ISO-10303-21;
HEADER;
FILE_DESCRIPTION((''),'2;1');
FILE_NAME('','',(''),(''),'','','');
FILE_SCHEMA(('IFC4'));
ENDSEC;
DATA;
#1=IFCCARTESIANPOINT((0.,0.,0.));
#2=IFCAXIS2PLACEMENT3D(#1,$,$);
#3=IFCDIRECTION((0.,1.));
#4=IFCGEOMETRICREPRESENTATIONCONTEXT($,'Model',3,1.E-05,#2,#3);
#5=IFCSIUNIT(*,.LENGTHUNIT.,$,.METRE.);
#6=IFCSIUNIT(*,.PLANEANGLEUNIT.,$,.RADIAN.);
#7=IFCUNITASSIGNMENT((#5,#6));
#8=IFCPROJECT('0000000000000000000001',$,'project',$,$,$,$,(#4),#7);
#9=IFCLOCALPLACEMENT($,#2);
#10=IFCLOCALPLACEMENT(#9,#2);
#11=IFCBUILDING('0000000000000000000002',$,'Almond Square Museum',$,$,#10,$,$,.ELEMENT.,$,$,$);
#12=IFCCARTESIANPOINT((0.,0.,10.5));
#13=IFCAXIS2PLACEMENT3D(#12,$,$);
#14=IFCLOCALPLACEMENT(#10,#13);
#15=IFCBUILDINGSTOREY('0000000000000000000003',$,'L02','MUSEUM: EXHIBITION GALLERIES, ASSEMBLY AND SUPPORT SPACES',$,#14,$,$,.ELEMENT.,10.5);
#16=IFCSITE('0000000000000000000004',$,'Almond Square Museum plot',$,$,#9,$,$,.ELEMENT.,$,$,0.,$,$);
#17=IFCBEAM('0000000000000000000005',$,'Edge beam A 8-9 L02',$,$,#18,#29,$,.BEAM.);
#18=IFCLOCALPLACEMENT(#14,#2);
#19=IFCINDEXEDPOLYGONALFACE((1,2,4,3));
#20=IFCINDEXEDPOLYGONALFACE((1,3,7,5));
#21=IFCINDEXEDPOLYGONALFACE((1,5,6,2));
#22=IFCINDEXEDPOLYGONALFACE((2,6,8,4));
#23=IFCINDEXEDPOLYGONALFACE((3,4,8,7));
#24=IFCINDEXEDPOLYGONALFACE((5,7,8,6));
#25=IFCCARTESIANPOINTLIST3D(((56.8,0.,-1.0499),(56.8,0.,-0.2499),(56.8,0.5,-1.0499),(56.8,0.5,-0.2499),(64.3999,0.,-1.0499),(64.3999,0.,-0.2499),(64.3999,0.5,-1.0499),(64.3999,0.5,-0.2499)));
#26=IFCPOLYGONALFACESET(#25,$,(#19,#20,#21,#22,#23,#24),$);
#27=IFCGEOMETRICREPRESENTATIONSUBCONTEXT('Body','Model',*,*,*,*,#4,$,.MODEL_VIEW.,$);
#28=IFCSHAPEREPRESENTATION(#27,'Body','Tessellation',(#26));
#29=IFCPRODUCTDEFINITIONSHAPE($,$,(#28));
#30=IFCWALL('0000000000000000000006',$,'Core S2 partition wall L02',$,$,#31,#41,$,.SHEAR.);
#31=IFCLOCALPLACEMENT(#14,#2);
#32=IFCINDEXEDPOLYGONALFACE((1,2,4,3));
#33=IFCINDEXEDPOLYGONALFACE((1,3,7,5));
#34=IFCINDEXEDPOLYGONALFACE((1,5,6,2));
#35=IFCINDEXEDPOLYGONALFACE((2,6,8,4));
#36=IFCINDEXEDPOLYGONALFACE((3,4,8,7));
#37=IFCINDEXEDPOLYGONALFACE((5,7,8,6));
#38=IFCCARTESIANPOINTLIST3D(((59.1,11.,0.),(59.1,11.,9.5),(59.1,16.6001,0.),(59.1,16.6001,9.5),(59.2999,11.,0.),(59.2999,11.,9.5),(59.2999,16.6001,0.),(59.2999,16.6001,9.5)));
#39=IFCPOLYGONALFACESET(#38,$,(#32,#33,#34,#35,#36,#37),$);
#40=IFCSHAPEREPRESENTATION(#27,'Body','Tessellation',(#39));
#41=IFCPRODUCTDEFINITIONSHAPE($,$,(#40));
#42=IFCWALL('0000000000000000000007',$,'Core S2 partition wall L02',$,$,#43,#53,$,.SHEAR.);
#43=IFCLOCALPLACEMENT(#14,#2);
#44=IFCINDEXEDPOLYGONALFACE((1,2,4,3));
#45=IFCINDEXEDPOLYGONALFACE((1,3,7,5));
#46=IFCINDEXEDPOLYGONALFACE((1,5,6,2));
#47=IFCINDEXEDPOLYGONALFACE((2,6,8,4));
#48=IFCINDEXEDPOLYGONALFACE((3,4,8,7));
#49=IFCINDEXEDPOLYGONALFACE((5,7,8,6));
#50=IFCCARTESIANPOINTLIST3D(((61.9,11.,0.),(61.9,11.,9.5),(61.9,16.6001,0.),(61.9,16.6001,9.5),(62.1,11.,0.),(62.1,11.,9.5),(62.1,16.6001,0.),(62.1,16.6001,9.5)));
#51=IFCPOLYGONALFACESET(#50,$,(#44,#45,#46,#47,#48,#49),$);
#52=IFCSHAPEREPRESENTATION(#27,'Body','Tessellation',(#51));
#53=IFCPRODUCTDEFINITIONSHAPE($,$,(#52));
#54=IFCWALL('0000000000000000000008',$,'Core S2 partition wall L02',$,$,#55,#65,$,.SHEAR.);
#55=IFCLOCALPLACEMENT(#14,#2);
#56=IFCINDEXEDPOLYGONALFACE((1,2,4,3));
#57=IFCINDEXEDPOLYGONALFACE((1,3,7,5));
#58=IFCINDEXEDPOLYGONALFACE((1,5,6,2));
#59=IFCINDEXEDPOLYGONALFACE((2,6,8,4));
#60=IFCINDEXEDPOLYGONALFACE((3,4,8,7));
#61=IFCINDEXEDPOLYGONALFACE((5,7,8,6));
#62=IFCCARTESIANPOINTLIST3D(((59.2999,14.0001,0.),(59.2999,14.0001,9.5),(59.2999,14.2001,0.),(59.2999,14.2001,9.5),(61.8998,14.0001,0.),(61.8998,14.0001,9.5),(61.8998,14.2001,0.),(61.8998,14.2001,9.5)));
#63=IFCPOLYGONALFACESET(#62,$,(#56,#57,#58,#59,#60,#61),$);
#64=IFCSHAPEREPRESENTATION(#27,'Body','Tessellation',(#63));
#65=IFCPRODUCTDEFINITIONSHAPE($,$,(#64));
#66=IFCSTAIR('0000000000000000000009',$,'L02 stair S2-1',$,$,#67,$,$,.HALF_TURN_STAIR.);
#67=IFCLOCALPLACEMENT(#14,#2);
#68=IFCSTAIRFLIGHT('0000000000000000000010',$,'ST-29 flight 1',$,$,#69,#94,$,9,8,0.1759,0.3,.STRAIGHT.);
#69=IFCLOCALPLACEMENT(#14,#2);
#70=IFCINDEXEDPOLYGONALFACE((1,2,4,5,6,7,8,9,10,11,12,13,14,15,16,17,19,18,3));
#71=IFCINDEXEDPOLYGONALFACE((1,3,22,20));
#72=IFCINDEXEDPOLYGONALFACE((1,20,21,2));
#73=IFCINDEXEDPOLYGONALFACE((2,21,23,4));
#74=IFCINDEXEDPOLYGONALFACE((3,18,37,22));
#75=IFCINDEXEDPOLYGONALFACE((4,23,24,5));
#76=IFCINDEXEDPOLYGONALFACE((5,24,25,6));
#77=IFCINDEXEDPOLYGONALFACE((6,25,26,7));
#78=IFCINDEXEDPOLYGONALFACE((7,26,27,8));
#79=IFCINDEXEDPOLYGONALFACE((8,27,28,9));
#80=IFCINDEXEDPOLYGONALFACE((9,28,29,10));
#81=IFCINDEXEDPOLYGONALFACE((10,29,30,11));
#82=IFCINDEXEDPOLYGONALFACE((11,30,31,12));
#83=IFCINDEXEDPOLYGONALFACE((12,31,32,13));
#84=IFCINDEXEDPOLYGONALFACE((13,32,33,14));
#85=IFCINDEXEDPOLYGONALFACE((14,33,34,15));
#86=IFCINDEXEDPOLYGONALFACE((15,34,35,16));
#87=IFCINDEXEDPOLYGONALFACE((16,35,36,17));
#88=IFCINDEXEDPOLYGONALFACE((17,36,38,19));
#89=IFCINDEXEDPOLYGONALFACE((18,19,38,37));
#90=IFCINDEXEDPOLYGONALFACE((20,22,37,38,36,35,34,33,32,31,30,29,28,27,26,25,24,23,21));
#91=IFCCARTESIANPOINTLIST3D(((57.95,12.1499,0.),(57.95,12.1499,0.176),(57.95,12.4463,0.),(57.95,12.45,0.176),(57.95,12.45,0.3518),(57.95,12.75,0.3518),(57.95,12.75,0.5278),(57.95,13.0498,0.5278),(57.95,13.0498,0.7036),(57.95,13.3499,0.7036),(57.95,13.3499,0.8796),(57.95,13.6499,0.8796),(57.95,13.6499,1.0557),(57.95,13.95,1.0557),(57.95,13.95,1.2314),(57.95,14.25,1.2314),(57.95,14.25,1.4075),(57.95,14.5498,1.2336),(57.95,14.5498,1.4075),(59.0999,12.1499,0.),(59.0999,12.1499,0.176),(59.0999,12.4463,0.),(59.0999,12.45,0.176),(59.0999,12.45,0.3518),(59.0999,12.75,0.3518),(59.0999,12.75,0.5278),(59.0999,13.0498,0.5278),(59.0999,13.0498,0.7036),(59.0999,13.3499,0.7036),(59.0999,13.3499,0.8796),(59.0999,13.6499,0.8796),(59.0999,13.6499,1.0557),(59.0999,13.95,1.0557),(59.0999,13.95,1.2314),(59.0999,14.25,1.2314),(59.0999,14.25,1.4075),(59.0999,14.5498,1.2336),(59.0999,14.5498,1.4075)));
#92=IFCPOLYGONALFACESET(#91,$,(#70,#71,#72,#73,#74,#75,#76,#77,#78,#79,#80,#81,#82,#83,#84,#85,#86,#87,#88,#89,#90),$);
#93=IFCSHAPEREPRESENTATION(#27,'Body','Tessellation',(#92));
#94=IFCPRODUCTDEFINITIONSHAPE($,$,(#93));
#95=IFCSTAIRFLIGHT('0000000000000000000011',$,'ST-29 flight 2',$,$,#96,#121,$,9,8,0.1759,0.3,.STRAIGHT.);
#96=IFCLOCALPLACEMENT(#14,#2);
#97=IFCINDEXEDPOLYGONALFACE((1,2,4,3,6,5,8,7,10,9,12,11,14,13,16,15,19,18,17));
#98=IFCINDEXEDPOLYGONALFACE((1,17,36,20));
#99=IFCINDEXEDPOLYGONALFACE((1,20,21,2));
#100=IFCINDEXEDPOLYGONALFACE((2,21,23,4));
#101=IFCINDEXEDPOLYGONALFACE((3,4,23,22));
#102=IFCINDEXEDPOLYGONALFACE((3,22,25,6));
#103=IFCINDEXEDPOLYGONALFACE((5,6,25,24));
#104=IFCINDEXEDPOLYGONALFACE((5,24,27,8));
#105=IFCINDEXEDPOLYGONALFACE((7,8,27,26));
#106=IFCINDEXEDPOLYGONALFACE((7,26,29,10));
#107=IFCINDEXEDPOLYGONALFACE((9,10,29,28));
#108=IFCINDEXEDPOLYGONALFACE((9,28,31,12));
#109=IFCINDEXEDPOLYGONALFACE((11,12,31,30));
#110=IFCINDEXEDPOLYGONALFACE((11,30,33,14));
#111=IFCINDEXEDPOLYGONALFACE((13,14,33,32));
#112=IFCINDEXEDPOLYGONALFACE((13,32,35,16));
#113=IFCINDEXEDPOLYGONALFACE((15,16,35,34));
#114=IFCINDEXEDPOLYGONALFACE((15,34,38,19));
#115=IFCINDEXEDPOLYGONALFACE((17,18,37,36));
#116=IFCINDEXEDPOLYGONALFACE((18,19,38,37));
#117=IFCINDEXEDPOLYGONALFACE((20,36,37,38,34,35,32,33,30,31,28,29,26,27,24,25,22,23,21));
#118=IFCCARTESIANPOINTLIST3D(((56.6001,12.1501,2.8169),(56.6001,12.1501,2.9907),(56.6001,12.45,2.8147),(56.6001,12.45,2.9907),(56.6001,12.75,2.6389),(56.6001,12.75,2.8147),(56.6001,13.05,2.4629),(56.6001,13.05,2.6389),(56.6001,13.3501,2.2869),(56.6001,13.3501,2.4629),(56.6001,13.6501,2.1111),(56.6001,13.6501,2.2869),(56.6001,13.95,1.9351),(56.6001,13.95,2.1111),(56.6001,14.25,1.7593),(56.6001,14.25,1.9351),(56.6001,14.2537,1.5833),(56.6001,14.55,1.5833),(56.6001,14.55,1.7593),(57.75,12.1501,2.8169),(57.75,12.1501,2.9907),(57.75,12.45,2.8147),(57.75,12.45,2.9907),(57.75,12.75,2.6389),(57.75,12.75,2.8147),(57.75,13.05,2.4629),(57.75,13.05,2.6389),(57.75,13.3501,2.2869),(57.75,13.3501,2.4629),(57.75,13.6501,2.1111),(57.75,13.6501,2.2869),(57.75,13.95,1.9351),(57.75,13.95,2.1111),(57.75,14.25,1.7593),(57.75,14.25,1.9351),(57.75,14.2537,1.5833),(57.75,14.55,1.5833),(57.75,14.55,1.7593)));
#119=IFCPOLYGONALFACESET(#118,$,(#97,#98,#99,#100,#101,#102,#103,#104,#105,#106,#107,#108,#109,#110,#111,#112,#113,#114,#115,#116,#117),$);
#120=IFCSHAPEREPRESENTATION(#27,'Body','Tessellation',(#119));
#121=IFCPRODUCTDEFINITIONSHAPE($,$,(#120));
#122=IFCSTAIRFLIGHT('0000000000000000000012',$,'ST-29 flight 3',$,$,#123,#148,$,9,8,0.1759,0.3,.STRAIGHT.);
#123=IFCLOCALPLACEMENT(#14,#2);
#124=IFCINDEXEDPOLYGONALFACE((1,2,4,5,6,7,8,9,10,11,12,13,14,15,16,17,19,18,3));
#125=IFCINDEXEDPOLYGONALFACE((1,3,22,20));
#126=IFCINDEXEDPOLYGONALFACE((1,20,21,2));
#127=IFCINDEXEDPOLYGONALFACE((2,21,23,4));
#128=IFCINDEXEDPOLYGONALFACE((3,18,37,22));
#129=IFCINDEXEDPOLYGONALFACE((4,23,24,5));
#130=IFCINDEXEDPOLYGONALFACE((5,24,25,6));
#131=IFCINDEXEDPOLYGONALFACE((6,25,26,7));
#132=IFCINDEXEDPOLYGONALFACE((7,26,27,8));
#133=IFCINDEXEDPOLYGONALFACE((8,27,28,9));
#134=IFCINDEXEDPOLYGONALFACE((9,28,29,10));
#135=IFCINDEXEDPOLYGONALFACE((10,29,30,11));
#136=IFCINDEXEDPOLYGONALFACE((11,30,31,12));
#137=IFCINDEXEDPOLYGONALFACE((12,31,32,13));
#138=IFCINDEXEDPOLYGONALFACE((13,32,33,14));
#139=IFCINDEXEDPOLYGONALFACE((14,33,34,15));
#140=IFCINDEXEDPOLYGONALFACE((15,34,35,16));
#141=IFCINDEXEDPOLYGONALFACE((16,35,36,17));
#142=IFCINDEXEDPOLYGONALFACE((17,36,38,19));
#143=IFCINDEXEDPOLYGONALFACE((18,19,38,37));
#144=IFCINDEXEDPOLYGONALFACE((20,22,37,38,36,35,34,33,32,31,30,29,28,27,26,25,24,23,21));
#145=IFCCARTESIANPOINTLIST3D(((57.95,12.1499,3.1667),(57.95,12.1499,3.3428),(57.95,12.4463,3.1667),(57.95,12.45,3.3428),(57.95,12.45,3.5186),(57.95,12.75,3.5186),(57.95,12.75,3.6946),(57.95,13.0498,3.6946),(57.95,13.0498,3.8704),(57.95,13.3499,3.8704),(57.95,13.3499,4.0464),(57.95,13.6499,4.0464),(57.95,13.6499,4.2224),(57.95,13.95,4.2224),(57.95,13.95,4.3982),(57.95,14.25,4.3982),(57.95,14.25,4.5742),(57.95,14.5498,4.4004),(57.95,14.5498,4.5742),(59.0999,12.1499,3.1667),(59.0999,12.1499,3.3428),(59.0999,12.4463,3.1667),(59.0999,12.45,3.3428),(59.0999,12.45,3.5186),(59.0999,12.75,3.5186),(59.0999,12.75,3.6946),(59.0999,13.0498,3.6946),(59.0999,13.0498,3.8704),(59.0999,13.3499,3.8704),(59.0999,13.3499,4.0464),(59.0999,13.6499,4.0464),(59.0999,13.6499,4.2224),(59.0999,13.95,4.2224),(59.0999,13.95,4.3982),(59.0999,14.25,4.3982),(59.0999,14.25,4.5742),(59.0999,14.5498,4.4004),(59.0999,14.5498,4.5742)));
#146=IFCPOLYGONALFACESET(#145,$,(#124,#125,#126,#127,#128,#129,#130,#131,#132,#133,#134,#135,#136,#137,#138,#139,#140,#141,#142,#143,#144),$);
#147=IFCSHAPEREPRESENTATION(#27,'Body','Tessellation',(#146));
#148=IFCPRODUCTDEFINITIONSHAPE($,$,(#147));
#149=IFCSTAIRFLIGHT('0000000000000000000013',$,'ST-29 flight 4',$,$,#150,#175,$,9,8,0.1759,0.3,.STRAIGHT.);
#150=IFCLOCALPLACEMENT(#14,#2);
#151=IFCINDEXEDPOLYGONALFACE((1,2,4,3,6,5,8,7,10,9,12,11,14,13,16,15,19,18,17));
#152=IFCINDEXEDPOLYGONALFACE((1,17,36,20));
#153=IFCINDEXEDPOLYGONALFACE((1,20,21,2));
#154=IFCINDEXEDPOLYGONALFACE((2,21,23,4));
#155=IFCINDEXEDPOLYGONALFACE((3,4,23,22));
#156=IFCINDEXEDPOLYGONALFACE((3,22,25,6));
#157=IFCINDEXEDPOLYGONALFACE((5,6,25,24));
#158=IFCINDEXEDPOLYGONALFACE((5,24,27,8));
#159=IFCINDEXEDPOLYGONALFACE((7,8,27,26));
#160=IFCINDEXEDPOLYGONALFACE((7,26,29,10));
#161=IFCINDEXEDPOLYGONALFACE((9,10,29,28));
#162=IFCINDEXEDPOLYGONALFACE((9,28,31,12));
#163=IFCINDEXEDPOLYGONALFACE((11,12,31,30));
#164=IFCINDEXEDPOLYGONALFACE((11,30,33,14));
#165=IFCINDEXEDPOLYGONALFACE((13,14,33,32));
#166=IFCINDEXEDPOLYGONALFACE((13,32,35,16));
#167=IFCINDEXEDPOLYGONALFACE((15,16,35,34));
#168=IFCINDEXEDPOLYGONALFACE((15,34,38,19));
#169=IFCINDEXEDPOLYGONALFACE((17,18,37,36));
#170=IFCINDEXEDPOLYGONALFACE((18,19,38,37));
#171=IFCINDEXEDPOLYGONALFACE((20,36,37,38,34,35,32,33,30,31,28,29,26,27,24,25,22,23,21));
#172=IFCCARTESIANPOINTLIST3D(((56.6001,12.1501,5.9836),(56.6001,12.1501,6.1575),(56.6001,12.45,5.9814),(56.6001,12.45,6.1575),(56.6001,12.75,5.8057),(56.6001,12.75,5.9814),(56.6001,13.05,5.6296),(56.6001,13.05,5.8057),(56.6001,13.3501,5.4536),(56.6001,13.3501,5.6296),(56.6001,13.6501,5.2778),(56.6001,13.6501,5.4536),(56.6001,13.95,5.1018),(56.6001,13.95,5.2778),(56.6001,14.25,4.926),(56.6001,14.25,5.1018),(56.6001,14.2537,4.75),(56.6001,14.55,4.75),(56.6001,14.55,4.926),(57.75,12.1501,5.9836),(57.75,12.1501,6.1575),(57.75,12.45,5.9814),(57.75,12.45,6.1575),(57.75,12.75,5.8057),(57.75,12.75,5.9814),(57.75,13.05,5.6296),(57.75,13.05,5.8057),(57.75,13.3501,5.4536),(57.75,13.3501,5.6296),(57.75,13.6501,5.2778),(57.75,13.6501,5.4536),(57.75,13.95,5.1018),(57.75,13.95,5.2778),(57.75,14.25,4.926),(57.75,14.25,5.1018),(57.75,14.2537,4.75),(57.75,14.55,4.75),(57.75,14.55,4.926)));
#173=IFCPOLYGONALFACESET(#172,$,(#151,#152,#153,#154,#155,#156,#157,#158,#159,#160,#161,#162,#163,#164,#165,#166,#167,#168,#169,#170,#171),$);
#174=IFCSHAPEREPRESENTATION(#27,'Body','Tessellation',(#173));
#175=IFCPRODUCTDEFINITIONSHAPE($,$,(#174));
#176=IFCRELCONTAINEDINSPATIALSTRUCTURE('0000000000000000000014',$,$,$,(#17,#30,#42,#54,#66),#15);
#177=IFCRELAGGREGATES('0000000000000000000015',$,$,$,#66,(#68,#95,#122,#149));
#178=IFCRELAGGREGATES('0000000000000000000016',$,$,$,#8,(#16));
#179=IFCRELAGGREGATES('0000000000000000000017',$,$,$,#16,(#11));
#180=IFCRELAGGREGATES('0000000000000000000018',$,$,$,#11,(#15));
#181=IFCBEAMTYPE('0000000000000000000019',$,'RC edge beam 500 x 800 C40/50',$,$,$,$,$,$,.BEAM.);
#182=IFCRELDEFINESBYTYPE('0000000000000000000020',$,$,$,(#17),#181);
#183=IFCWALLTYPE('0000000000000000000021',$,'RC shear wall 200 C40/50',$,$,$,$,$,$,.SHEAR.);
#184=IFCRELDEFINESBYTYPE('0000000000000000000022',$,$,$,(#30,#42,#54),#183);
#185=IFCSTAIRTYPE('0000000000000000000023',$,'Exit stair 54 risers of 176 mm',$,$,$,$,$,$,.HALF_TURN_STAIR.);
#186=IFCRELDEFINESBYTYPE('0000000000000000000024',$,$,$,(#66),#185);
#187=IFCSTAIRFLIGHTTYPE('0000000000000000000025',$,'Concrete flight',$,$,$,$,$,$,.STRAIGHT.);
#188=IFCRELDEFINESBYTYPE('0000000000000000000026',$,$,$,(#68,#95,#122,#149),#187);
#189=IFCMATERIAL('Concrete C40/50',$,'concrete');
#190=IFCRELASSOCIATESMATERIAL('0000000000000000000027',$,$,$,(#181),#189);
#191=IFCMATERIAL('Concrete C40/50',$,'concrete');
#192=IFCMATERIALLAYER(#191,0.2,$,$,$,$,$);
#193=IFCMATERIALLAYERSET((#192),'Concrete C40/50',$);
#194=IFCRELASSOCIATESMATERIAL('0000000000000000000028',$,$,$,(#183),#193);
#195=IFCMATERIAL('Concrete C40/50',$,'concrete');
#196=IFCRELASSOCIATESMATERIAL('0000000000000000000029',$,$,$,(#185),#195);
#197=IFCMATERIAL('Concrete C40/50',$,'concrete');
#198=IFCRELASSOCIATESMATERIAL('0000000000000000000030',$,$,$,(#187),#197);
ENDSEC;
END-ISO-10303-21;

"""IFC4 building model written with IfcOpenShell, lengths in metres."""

from ifc_helpers import new_model, si_unit, direction, frame, frame_2d, origin, origin_2d, place, context, subcontext, project, spatial, polyline, rectangle, outline, extrude, material, layer, layer_set, material_profile, profile_set, type_object, element, aggregate, save


model = new_model("IFC4")

# Units and contexts
model_context = context("Model", 3, precision=1e-05, world=origin(), true_north=direction((0.0, 1.0)))
body_context = subcontext(model_context, "Body", "Model", "MODEL_VIEW")
ifc_project = project(units=[si_unit("LENGTHUNIT", "METRE"), si_unit("PLANEANGLEUNIT", "RADIAN")], contexts=[model_context])

# Site, building, storey
site_placement = place(None, origin())
site = spatial("IfcSite", under=ifc_project, at=site_placement, Name="Almond Square Museum plot", CompositionType="ELEMENT", RefElevation=0.0)
building_placement = place(site_placement, origin())
building = spatial("IfcBuilding", under=site, at=building_placement, Name="Almond Square Museum", CompositionType="ELEMENT")
storey_placement = place(building_placement, frame((0.0, 0.0, 10.5)))
storey = spatial("IfcBuildingStorey", under=building, at=storey_placement, Name="L02", Description="MUSEUM: EXHIBITION GALLERIES, ASSEMBLY AND SUPPORT SPACES", CompositionType="ELEMENT", Elevation=10.5)

# Beam
ifc_material_1 = material(Name="Concrete C40/50", Category="concrete")
ifc_material_profile_1 = material_profile(ifc_material_1, rectangle(XDim=0.5, YDim=0.8, at=origin_2d()))
ifc_profile_set_1 = profile_set([ifc_material_profile_1], Name="Concrete C40/50")
beam_type = type_object("IfcBeamType", Name="RC edge beam 500 x 800 C40/50", PredefinedType="BEAM", material=ifc_profile_set_1)
beam_placement = place(storey_placement, frame((56.8, 0.25, -0.6499), z_axis=(1.0, 0.0, 0.0), x_axis=(0.0, 1.0, 0.0)))
element("IfcBeam", 1, at=beam_placement, inside=storey, type_object=beam_type, Name="Edge beam A 8-9 L02", PredefinedType="BEAM", context=body_context, shape_type="SweptSolid", body=[
    extrude(rectangle(XDim=0.5, YDim=0.8, at=origin_2d()), origin(), (0.0, 0.0, 1.0), 7.5999),
])

# Walls
ifc_material_2 = material(Name="Concrete C40/50", Category="concrete")
ifc_layer = layer(ifc_material_2, 0.2)
ifc_layer_set = layer_set([ifc_layer], Name="Concrete C40/50")
wall_type = type_object("IfcWallType", Name="RC shear wall 200 C40/50", PredefinedType="SHEAR", material=ifc_layer_set)
for number, where, z_axis, x_axis, name in (
    (2, (59.2, 11.0, 0.0), (0.0, 0.0, 1.0), (0.0, 1.0, 0.0), "Core S2 partition wall L02"),
    (3, (62.0, 11.0, 0.0), (0.0, 0.0, 1.0), (0.0, 1.0, 0.0), "Core S2 partition wall L02"),
):
    element("IfcWall", number, at=place(storey_placement, frame(where, z_axis=z_axis, x_axis=x_axis)), inside=storey, type_object=wall_type, Name=name, PredefinedType="SHEAR", context=body_context, shape_type="SweptSolid", body=[
        extrude(rectangle(XDim=5.6001, YDim=0.2, at=frame_2d((2.8, 0.0))), origin(), (0.0, 0.0, 1.0), 9.5),
    ])
wall_placement = place(storey_placement, frame((59.3, 14.1001, 0.0), z_axis=(0.0, 0.0, 1.0), x_axis=(1.0, 0.0, 0.0)))
element("IfcWall", 4, at=wall_placement, inside=storey, type_object=wall_type, Name="Core S2 partition wall L02", PredefinedType="SHEAR", context=body_context, shape_type="SweptSolid", body=[
    extrude(rectangle(XDim=2.5999, YDim=0.2, at=frame_2d((1.2998, 0.0))), origin(), (0.0, 0.0, 1.0), 9.5),
])

# Stair, stair flights
ifc_material_3 = material(Name="Concrete C40/50", Category="concrete")
stair_type = type_object("IfcStairType", Name="Exit stair 54 risers of 176 mm", PredefinedType="HALF_TURN_STAIR", material=ifc_material_3)
stair_placement = place(storey_placement, origin())
stair = element("IfcStair", 5, at=stair_placement, inside=storey, type_object=stair_type, Name="L02 stair S2-1", PredefinedType="HALF_TURN_STAIR")
ifc_material_4 = material(Name="Concrete C40/50", Category="concrete")
stair_flight_type = type_object("IfcStairFlightType", Name="Concrete flight", PredefinedType="STRAIGHT", material=ifc_material_4)
stair_flight_1_placement = place(storey_placement, frame((58.5249, 12.1499, 0.0), z_axis=(0.0, 0.0, 1.0), x_axis=(0.0, 1.0, 0.0)))
stair_flight_1 = element("IfcStairFlight", 6, at=stair_flight_1_placement, type_object=stair_flight_type, Name="ST-29 flight 1", NumberOfRisers=9, NumberOfTreads=8, PredefinedType="STRAIGHT", RiserHeight=0.1759, TreadLength=0.3, context=body_context, shape_type="SweptSolid", body=[
    extrude(outline(polyline([(0.0, 0.0), (0.0, 0.176), (0.3, 0.176), (0.3, 0.3518), (0.6001, 0.3518), (0.6001, 0.5278), (0.8999, 0.5278), (0.8999, 0.7036), (1.2, 0.7036), (1.2, 0.8796), (1.5, 0.8796), (1.5, 1.0557), (1.8, 1.0557), (1.8, 1.2314), (2.1001, 1.2314), (2.1001, 1.4075), (2.3999, 1.4075), (2.3999, 1.5833), (2.3999, 1.2336), (0.2964, 0.0), (0.0, 0.0)])), frame((0.0, 0.575, 0.0), z_axis=(0.0, -1.0, 0.0), x_axis=(1.0, 0.0, 0.0)), (0.0, 0.0, 1.0), 1.1499),
])
stair_flight_2_placement = place(storey_placement, frame((57.175, 14.55, 1.5833), z_axis=(0.0, 0.0, 1.0), x_axis=(0.0, -1.0, 0.0)))
stair_flight_2 = element("IfcStairFlight", 7, at=stair_flight_2_placement, type_object=stair_flight_type, Name="ST-29 flight 2", NumberOfRisers=9, NumberOfTreads=8, PredefinedType="STRAIGHT", RiserHeight=0.1759, TreadLength=0.3, context=body_context, shape_type="SweptSolid", body=[
    extrude(outline(polyline([(0.0, 0.0), (0.0, 0.176), (0.3, 0.176), (0.3, 0.3518), (0.6001, 0.3518), (0.6001, 0.5278), (0.8999, 0.5278), (0.8999, 0.7036), (1.2, 0.7036), (1.2, 0.8796), (1.5, 0.8796), (1.5, 1.0557), (1.8, 1.0557), (1.8, 1.2314), (2.1001, 1.2314), (2.1001, 1.4075), (2.3999, 1.4075), (2.3999, 1.5833), (2.3999, 1.2336), (0.2964, 0.0), (0.0, 0.0)])), frame((0.0, 0.575, 0.0), z_axis=(0.0, -1.0, 0.0), x_axis=(1.0, 0.0, 0.0)), (0.0, 0.0, 1.0), 1.1499),
])
stair_flight_3_placement = place(storey_placement, frame((58.5249, 12.1499, 3.1667), z_axis=(0.0, 0.0, 1.0), x_axis=(0.0, 1.0, 0.0)))
stair_flight_3 = element("IfcStairFlight", 8, at=stair_flight_3_placement, type_object=stair_flight_type, Name="ST-29 flight 3", NumberOfRisers=9, NumberOfTreads=8, PredefinedType="STRAIGHT", RiserHeight=0.1759, TreadLength=0.3, context=body_context, shape_type="SweptSolid", body=[
    extrude(outline(polyline([(0.0, 0.0), (0.0, 0.176), (0.3, 0.176), (0.3, 0.3518), (0.6001, 0.3518), (0.6001, 0.5278), (0.8999, 0.5278), (0.8999, 0.7036), (1.2, 0.7036), (1.2, 0.8796), (1.5, 0.8796), (1.5, 1.0557), (1.8, 1.0557), (1.8, 1.2314), (2.1001, 1.2314), (2.1001, 1.4075), (2.3999, 1.4075), (2.3999, 1.5833), (2.3999, 1.2336), (0.2964, 0.0), (0.0, 0.0)])), frame((0.0, 0.575, 0.0), z_axis=(0.0, -1.0, 0.0), x_axis=(1.0, 0.0, 0.0)), (0.0, 0.0, 1.0), 1.1499),
])
stair_flight_4_placement = place(storey_placement, frame((57.175, 14.55, 4.75), z_axis=(0.0, 0.0, 1.0), x_axis=(0.0, -1.0, 0.0)))
stair_flight_4 = element("IfcStairFlight", 9, at=stair_flight_4_placement, type_object=stair_flight_type, Name="ST-29 flight 4", NumberOfRisers=9, NumberOfTreads=8, PredefinedType="STRAIGHT", RiserHeight=0.1759, TreadLength=0.3, context=body_context, shape_type="SweptSolid", body=[
    extrude(outline(polyline([(0.0, 0.0), (0.0, 0.176), (0.3, 0.176), (0.3, 0.3518), (0.6001, 0.3518), (0.6001, 0.5278), (0.8999, 0.5278), (0.8999, 0.7036), (1.2, 0.7036), (1.2, 0.8796), (1.5, 0.8796), (1.5, 1.0557), (1.8, 1.0557), (1.8, 1.2314), (2.1001, 1.2314), (2.1001, 1.4075), (2.3999, 1.4075), (2.3999, 1.5833), (2.3999, 1.2336), (0.2964, 0.0), (0.0, 0.0)])), frame((0.0, 0.575, 0.0), z_axis=(0.0, -1.0, 0.0), x_axis=(1.0, 0.0, 0.0)), (0.0, 0.0, 1.0), 1.1499),
])
aggregate(stair, [stair_flight_1, stair_flight_2, stair_flight_3, stair_flight_4])

save(model, "model.ifc")
